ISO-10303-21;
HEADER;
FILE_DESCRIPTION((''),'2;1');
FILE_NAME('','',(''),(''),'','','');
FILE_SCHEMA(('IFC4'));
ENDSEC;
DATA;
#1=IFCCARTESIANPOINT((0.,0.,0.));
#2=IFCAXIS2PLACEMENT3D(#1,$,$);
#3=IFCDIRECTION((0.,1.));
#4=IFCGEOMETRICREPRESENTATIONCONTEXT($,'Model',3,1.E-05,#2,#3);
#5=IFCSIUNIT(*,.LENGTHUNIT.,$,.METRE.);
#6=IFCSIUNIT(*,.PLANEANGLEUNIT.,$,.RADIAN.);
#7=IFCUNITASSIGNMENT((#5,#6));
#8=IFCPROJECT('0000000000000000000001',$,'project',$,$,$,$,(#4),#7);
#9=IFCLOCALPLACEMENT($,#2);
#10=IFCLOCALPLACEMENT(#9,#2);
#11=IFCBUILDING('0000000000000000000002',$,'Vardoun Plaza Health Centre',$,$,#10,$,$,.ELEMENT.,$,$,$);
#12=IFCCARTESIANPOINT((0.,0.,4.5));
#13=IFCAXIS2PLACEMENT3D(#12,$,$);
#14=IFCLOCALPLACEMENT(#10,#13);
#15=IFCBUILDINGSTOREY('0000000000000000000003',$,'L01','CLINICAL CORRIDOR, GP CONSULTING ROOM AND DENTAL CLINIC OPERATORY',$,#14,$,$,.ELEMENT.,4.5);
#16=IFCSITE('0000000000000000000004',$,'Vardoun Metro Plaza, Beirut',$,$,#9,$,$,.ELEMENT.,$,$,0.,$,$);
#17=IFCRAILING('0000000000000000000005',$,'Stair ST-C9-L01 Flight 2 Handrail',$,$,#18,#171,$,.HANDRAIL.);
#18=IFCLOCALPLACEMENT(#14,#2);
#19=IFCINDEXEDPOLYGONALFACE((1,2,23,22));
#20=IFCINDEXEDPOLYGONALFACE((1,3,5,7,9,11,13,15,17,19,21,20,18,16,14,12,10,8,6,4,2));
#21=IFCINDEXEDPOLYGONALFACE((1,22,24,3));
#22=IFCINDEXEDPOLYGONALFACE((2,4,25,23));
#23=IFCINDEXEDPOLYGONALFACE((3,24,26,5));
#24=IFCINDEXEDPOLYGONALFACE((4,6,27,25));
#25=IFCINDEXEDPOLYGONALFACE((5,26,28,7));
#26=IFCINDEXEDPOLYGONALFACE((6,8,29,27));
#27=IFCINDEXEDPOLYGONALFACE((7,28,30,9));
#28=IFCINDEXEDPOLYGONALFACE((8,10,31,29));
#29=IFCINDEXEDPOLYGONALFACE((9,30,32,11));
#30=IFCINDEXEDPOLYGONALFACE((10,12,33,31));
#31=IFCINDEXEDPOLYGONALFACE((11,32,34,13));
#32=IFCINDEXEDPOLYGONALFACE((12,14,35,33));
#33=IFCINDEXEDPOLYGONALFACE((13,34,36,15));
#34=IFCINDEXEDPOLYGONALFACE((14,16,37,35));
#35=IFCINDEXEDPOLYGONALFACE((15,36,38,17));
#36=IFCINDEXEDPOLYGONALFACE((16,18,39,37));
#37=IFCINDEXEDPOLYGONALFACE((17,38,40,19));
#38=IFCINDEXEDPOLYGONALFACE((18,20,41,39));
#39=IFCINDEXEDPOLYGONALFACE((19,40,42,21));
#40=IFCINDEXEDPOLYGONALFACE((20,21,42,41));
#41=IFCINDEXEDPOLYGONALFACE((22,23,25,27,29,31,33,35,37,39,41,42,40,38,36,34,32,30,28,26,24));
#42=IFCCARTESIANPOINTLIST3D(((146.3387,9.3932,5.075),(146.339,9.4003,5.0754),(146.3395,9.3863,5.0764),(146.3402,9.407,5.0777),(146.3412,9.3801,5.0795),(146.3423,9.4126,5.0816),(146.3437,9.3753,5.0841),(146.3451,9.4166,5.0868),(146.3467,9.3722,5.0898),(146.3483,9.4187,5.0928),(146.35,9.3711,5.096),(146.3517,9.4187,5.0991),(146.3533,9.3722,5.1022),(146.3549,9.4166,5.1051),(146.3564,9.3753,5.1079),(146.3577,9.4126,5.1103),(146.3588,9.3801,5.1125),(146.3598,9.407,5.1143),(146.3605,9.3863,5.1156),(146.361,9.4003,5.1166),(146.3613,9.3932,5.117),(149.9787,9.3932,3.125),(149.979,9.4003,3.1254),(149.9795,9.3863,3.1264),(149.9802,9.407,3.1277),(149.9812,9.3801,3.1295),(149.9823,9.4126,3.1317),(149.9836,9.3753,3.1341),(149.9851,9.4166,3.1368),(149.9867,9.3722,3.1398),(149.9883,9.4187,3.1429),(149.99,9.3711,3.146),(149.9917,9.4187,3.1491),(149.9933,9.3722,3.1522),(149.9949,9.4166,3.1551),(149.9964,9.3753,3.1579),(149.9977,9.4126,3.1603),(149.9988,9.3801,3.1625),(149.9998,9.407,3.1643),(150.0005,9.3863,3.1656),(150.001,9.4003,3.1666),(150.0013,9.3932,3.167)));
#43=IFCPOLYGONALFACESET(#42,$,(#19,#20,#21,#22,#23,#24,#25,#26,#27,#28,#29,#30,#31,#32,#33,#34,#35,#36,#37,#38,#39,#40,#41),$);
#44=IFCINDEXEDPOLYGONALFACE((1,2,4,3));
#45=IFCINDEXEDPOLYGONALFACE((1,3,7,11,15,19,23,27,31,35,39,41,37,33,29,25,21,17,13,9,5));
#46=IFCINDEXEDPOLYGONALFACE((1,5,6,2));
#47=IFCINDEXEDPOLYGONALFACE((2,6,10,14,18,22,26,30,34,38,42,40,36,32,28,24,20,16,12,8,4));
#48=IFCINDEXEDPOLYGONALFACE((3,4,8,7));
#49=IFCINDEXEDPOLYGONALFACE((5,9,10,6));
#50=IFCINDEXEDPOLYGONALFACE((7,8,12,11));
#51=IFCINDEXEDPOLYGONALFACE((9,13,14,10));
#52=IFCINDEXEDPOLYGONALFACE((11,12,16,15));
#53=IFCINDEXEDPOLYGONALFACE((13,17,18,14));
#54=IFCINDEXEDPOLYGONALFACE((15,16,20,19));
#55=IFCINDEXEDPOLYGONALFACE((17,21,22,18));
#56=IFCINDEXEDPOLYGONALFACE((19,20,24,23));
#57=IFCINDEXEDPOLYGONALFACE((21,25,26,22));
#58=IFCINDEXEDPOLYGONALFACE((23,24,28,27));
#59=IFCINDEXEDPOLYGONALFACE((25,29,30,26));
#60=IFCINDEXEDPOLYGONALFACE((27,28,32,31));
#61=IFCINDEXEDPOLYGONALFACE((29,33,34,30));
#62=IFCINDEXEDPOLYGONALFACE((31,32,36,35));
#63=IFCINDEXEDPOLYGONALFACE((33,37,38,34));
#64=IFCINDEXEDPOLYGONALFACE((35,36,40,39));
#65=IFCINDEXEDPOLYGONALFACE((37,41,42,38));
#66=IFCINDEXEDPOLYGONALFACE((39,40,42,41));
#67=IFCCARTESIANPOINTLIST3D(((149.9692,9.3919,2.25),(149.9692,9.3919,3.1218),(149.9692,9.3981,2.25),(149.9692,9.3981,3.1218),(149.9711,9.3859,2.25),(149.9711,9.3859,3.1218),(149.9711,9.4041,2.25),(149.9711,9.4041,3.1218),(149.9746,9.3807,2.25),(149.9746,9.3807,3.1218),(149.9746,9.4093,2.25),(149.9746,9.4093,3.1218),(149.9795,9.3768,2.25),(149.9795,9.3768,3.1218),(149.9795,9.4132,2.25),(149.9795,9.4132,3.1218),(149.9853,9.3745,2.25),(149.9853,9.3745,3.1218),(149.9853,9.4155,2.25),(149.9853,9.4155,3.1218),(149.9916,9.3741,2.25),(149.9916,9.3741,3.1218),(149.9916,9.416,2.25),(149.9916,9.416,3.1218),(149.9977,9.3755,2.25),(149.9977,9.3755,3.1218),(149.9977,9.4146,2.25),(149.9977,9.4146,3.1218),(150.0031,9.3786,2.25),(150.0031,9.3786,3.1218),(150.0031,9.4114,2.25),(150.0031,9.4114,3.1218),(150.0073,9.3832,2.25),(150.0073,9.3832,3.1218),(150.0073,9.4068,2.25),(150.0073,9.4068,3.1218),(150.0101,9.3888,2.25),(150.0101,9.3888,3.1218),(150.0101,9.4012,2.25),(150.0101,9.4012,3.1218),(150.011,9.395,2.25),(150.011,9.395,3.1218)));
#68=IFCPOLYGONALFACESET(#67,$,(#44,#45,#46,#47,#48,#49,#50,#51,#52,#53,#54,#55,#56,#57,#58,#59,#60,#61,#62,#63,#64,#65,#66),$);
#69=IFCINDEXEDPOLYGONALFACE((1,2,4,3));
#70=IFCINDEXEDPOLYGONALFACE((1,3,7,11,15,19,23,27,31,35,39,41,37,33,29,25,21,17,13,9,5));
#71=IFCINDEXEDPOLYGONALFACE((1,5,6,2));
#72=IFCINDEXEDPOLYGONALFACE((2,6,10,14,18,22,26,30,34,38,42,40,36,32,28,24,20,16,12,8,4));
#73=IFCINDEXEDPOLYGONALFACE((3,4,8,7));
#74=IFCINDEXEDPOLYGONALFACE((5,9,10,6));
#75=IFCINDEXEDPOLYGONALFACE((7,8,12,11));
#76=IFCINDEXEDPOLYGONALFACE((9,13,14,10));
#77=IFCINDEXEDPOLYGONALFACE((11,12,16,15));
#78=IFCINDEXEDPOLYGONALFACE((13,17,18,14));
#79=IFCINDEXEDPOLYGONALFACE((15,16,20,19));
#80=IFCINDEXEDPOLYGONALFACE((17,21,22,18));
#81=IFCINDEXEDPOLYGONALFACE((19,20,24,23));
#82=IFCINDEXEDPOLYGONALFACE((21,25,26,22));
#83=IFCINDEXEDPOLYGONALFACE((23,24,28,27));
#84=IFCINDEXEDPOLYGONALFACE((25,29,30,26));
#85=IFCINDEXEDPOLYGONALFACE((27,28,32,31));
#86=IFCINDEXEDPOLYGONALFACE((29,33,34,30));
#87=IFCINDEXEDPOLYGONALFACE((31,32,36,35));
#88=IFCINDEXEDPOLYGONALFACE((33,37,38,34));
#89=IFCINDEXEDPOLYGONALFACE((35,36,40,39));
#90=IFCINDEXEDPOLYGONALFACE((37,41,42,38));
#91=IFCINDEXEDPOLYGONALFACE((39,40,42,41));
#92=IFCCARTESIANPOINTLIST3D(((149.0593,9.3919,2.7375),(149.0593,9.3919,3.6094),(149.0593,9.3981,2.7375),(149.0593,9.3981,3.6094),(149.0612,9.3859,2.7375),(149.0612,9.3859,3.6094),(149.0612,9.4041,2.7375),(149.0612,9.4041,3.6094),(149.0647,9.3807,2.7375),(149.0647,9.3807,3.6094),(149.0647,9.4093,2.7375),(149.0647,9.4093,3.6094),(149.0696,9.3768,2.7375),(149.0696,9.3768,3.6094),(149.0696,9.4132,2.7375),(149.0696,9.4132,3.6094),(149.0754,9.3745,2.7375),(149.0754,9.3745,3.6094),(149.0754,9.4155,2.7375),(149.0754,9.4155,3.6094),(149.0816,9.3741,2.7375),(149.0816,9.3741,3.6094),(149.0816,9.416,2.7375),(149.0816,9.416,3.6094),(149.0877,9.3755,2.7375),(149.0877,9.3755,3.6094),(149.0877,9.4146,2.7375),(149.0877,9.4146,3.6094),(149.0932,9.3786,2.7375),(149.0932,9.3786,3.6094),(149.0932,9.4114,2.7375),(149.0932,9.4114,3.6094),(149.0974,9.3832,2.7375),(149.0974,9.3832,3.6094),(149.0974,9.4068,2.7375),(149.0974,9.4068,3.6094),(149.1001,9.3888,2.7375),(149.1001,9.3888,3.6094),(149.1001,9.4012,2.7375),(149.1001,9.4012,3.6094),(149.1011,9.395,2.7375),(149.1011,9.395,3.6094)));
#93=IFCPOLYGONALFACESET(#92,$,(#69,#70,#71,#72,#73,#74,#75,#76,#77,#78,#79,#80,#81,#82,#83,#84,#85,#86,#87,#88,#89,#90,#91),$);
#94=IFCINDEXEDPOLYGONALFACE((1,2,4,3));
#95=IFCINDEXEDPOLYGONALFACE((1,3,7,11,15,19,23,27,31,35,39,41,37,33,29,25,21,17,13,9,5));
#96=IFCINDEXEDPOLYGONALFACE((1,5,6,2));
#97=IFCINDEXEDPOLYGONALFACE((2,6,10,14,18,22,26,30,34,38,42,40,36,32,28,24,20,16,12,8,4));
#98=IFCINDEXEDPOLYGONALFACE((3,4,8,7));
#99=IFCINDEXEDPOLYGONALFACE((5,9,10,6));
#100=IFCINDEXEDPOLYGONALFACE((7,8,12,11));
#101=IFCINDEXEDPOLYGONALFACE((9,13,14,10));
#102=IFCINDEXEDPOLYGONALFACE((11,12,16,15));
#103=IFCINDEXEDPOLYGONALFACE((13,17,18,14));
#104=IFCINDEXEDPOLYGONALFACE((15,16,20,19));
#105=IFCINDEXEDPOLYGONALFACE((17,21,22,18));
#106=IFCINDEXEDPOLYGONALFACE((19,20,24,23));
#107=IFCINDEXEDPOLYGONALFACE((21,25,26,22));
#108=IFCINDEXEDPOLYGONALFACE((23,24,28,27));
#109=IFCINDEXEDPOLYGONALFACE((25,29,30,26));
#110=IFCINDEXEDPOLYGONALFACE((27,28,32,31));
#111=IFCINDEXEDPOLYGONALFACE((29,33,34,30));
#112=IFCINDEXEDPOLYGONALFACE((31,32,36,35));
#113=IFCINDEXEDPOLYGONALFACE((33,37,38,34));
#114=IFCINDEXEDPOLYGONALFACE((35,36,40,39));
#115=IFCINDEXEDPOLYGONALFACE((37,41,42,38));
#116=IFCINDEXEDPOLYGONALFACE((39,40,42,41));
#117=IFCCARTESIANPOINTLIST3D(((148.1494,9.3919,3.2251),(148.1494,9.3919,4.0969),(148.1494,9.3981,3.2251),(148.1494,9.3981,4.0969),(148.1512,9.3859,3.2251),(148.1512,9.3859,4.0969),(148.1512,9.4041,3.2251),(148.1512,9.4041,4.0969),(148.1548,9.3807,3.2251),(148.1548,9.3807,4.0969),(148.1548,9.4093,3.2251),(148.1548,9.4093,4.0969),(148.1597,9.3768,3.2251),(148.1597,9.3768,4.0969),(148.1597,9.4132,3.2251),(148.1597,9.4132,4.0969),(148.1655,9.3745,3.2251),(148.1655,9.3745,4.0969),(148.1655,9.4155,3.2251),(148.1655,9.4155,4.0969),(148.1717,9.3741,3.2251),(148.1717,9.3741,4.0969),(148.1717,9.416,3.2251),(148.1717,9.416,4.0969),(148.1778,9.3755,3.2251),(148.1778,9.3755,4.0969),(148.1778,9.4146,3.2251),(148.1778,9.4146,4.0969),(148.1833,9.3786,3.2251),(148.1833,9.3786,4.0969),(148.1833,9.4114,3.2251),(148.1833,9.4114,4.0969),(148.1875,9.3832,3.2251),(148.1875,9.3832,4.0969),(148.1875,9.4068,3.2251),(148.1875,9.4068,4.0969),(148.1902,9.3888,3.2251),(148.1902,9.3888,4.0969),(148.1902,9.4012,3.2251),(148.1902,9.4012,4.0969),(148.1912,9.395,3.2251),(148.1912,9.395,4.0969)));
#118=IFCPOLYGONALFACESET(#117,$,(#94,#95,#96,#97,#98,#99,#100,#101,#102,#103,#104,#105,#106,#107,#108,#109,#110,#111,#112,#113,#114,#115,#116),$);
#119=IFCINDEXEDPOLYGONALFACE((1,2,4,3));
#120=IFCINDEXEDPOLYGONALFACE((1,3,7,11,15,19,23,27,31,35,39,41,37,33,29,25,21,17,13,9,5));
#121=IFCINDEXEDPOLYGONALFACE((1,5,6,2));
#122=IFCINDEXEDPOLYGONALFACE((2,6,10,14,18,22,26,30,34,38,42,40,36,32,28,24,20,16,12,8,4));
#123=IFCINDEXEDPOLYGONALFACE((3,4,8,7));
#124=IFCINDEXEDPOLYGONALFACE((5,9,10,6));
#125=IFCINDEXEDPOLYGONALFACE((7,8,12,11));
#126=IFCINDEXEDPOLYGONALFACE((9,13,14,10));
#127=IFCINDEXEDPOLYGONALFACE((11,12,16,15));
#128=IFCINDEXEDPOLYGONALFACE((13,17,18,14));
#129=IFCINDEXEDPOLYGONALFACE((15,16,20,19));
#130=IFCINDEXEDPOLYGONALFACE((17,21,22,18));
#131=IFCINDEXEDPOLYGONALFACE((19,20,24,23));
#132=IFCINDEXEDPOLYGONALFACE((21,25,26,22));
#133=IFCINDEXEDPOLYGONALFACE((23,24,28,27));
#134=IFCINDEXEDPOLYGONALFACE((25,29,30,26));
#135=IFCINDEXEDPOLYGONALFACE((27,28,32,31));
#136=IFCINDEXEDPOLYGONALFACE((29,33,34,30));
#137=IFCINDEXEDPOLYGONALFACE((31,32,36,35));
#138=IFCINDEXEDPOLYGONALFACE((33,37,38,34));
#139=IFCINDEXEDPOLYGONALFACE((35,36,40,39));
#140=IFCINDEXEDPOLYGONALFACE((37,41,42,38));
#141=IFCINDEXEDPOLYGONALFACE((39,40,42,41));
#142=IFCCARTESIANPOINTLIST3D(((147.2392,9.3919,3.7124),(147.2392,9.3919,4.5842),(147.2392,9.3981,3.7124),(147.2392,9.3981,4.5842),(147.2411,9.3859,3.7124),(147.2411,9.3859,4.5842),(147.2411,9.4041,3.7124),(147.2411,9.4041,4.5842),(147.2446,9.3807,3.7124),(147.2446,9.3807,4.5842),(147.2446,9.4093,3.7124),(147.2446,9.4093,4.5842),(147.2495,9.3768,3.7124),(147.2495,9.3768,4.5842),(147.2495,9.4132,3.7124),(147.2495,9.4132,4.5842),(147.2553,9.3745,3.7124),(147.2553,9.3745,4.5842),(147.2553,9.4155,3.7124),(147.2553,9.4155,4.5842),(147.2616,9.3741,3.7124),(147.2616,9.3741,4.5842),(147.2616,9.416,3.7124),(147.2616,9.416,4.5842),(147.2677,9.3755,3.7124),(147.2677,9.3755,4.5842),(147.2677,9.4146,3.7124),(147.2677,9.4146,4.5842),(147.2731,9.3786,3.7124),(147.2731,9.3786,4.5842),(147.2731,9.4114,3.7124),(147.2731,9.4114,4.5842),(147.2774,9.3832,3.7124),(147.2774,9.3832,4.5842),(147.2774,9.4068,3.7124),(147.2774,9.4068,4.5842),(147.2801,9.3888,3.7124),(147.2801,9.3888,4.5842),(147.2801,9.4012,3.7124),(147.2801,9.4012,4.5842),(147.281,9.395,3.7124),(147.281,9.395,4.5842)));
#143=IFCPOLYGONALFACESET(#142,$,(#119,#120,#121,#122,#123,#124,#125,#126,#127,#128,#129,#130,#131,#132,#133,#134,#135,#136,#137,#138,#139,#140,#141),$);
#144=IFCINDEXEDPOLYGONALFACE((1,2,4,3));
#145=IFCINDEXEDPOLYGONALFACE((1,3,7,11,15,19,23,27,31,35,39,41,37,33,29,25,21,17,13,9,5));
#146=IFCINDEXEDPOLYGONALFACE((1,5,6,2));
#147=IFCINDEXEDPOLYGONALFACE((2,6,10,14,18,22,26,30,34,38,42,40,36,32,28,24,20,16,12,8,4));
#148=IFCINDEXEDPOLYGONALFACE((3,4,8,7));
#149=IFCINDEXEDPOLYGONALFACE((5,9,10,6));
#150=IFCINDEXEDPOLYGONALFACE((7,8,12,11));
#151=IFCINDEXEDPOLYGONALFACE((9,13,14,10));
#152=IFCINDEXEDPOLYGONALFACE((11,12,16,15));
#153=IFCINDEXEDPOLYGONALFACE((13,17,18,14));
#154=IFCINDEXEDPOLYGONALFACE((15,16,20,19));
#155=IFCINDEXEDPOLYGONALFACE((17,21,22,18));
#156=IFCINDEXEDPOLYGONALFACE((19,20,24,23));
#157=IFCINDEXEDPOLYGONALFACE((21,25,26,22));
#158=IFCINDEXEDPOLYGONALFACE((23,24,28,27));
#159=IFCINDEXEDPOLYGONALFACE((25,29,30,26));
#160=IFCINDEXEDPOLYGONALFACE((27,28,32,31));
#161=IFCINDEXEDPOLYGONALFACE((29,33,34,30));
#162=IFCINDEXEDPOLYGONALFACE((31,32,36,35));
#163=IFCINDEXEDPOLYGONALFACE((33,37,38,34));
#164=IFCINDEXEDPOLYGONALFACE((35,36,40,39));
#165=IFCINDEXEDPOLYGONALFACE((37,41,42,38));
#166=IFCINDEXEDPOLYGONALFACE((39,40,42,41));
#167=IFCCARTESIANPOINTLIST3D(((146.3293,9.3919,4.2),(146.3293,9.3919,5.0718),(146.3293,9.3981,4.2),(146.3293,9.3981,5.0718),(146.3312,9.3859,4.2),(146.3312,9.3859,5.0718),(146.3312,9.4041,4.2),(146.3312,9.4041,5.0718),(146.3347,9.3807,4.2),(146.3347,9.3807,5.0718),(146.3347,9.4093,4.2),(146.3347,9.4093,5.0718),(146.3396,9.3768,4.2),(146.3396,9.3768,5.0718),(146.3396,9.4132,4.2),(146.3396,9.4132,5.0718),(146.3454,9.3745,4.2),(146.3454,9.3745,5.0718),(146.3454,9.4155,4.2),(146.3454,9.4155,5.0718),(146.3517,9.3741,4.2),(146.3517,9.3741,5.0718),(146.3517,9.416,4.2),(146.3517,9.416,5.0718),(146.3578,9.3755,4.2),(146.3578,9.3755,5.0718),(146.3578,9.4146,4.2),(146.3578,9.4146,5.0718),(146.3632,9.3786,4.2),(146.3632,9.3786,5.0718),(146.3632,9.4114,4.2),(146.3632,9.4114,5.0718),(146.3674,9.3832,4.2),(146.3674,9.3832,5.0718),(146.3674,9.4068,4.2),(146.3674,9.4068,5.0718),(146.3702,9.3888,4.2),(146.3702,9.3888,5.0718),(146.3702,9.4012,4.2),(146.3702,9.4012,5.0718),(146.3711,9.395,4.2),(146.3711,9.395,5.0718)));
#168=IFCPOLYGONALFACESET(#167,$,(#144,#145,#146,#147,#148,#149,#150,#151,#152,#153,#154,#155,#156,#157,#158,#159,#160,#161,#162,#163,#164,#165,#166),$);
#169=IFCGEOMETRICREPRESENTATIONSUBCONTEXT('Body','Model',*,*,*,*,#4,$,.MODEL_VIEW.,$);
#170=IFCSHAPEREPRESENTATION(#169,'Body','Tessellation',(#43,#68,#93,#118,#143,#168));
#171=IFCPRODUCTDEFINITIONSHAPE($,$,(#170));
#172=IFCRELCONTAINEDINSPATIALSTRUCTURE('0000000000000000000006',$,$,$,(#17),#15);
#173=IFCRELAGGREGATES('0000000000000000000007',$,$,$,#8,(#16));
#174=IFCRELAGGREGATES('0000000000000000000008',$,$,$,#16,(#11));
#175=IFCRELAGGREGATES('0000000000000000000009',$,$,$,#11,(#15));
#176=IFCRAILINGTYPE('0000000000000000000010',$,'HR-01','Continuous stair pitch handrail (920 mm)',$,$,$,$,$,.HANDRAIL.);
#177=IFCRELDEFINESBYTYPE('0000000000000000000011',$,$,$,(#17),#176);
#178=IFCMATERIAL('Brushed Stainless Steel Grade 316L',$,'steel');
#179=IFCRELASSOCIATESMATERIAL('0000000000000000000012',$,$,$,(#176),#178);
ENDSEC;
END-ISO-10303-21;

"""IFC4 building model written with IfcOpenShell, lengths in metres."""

from ifc_helpers import new_model, si_unit, direction, frame, origin, origin_2d, place, context, subcontext, project, spatial, circle, extrude, material, type_object, element, save


model = new_model("IFC4")

# Units and contexts
model_context = context("Model", 3, precision=1e-05, world=origin(), true_north=direction((0.0, 1.0)))
body_context = subcontext(model_context, "Body", "Model", "MODEL_VIEW")
ifc_project = project(units=[si_unit("LENGTHUNIT", "METRE"), si_unit("PLANEANGLEUNIT", "RADIAN")], contexts=[model_context])

# Site, building, storey
site_placement = place(None, origin())
site = spatial("IfcSite", under=ifc_project, at=site_placement, Name="Vardoun Metro Plaza, Beirut", CompositionType="ELEMENT", RefElevation=0.0)
building_placement = place(site_placement, origin())
building = spatial("IfcBuilding", under=site, at=building_placement, Name="Vardoun Plaza Health Centre", CompositionType="ELEMENT")
storey_placement = place(building_placement, frame((0.0, 0.0, 4.5)))
storey = spatial("IfcBuildingStorey", under=building, at=storey_placement, Name="L01", Description="CLINICAL CORRIDOR, GP CONSULTING ROOM AND DENTAL CLINIC OPERATORY", CompositionType="ELEMENT", Elevation=4.5)

# Railing
ifc_material_1 = material(Name="Brushed Stainless Steel Grade 316L", Category="steel")
railing_type_1 = type_object("IfcRailingType", Name="HR-01", Description="Continuous stair pitch handrail (920 mm)", PredefinedType="HANDRAIL", material=ifc_material_1)
railing_1_placement = place(storey_placement, frame((149.99, 9.395, 2.25)))
element("IfcRailing", 1, at=railing_1_placement, inside=storey, type_object=railing_type_1, Name="Stair ST-C9-L01 Flight 2 Handrail", PredefinedType="HANDRAIL", context=body_context, shape_type="SweptSolid", body=[
    extrude(circle(Radius=0.0239, at=origin_2d()), frame((0.0, 0.0, 0.896), z_axis=(-0.881479, 0.0, 0.472223), x_axis=(0.0, -1.0, 0.0)), (0.0, 0.0, 1.0), 4.1294),
    extrude(circle(Radius=0.021, at=origin_2d()), origin(), (0.0, 0.0, 1.0), 0.8718),
    extrude(circle(Radius=0.021, at=origin_2d()), frame((-0.9099, 0.0, 0.4875)), (0.0, 0.0, 1.0), 0.8718),
    extrude(circle(Radius=0.021, at=origin_2d()), frame((-1.8198, 0.0, 0.9751)), (0.0, 0.0, 1.0), 0.8718),
    extrude(circle(Radius=0.021, at=origin_2d()), frame((-2.73, 0.0, 1.4624)), (0.0, 0.0, 1.0), 0.8718),
    extrude(circle(Radius=0.021, at=origin_2d()), frame((-3.6399, 0.0, 1.95)), (0.0, 0.0, 1.0), 0.8718),
])

save(model, "model.ifc")
